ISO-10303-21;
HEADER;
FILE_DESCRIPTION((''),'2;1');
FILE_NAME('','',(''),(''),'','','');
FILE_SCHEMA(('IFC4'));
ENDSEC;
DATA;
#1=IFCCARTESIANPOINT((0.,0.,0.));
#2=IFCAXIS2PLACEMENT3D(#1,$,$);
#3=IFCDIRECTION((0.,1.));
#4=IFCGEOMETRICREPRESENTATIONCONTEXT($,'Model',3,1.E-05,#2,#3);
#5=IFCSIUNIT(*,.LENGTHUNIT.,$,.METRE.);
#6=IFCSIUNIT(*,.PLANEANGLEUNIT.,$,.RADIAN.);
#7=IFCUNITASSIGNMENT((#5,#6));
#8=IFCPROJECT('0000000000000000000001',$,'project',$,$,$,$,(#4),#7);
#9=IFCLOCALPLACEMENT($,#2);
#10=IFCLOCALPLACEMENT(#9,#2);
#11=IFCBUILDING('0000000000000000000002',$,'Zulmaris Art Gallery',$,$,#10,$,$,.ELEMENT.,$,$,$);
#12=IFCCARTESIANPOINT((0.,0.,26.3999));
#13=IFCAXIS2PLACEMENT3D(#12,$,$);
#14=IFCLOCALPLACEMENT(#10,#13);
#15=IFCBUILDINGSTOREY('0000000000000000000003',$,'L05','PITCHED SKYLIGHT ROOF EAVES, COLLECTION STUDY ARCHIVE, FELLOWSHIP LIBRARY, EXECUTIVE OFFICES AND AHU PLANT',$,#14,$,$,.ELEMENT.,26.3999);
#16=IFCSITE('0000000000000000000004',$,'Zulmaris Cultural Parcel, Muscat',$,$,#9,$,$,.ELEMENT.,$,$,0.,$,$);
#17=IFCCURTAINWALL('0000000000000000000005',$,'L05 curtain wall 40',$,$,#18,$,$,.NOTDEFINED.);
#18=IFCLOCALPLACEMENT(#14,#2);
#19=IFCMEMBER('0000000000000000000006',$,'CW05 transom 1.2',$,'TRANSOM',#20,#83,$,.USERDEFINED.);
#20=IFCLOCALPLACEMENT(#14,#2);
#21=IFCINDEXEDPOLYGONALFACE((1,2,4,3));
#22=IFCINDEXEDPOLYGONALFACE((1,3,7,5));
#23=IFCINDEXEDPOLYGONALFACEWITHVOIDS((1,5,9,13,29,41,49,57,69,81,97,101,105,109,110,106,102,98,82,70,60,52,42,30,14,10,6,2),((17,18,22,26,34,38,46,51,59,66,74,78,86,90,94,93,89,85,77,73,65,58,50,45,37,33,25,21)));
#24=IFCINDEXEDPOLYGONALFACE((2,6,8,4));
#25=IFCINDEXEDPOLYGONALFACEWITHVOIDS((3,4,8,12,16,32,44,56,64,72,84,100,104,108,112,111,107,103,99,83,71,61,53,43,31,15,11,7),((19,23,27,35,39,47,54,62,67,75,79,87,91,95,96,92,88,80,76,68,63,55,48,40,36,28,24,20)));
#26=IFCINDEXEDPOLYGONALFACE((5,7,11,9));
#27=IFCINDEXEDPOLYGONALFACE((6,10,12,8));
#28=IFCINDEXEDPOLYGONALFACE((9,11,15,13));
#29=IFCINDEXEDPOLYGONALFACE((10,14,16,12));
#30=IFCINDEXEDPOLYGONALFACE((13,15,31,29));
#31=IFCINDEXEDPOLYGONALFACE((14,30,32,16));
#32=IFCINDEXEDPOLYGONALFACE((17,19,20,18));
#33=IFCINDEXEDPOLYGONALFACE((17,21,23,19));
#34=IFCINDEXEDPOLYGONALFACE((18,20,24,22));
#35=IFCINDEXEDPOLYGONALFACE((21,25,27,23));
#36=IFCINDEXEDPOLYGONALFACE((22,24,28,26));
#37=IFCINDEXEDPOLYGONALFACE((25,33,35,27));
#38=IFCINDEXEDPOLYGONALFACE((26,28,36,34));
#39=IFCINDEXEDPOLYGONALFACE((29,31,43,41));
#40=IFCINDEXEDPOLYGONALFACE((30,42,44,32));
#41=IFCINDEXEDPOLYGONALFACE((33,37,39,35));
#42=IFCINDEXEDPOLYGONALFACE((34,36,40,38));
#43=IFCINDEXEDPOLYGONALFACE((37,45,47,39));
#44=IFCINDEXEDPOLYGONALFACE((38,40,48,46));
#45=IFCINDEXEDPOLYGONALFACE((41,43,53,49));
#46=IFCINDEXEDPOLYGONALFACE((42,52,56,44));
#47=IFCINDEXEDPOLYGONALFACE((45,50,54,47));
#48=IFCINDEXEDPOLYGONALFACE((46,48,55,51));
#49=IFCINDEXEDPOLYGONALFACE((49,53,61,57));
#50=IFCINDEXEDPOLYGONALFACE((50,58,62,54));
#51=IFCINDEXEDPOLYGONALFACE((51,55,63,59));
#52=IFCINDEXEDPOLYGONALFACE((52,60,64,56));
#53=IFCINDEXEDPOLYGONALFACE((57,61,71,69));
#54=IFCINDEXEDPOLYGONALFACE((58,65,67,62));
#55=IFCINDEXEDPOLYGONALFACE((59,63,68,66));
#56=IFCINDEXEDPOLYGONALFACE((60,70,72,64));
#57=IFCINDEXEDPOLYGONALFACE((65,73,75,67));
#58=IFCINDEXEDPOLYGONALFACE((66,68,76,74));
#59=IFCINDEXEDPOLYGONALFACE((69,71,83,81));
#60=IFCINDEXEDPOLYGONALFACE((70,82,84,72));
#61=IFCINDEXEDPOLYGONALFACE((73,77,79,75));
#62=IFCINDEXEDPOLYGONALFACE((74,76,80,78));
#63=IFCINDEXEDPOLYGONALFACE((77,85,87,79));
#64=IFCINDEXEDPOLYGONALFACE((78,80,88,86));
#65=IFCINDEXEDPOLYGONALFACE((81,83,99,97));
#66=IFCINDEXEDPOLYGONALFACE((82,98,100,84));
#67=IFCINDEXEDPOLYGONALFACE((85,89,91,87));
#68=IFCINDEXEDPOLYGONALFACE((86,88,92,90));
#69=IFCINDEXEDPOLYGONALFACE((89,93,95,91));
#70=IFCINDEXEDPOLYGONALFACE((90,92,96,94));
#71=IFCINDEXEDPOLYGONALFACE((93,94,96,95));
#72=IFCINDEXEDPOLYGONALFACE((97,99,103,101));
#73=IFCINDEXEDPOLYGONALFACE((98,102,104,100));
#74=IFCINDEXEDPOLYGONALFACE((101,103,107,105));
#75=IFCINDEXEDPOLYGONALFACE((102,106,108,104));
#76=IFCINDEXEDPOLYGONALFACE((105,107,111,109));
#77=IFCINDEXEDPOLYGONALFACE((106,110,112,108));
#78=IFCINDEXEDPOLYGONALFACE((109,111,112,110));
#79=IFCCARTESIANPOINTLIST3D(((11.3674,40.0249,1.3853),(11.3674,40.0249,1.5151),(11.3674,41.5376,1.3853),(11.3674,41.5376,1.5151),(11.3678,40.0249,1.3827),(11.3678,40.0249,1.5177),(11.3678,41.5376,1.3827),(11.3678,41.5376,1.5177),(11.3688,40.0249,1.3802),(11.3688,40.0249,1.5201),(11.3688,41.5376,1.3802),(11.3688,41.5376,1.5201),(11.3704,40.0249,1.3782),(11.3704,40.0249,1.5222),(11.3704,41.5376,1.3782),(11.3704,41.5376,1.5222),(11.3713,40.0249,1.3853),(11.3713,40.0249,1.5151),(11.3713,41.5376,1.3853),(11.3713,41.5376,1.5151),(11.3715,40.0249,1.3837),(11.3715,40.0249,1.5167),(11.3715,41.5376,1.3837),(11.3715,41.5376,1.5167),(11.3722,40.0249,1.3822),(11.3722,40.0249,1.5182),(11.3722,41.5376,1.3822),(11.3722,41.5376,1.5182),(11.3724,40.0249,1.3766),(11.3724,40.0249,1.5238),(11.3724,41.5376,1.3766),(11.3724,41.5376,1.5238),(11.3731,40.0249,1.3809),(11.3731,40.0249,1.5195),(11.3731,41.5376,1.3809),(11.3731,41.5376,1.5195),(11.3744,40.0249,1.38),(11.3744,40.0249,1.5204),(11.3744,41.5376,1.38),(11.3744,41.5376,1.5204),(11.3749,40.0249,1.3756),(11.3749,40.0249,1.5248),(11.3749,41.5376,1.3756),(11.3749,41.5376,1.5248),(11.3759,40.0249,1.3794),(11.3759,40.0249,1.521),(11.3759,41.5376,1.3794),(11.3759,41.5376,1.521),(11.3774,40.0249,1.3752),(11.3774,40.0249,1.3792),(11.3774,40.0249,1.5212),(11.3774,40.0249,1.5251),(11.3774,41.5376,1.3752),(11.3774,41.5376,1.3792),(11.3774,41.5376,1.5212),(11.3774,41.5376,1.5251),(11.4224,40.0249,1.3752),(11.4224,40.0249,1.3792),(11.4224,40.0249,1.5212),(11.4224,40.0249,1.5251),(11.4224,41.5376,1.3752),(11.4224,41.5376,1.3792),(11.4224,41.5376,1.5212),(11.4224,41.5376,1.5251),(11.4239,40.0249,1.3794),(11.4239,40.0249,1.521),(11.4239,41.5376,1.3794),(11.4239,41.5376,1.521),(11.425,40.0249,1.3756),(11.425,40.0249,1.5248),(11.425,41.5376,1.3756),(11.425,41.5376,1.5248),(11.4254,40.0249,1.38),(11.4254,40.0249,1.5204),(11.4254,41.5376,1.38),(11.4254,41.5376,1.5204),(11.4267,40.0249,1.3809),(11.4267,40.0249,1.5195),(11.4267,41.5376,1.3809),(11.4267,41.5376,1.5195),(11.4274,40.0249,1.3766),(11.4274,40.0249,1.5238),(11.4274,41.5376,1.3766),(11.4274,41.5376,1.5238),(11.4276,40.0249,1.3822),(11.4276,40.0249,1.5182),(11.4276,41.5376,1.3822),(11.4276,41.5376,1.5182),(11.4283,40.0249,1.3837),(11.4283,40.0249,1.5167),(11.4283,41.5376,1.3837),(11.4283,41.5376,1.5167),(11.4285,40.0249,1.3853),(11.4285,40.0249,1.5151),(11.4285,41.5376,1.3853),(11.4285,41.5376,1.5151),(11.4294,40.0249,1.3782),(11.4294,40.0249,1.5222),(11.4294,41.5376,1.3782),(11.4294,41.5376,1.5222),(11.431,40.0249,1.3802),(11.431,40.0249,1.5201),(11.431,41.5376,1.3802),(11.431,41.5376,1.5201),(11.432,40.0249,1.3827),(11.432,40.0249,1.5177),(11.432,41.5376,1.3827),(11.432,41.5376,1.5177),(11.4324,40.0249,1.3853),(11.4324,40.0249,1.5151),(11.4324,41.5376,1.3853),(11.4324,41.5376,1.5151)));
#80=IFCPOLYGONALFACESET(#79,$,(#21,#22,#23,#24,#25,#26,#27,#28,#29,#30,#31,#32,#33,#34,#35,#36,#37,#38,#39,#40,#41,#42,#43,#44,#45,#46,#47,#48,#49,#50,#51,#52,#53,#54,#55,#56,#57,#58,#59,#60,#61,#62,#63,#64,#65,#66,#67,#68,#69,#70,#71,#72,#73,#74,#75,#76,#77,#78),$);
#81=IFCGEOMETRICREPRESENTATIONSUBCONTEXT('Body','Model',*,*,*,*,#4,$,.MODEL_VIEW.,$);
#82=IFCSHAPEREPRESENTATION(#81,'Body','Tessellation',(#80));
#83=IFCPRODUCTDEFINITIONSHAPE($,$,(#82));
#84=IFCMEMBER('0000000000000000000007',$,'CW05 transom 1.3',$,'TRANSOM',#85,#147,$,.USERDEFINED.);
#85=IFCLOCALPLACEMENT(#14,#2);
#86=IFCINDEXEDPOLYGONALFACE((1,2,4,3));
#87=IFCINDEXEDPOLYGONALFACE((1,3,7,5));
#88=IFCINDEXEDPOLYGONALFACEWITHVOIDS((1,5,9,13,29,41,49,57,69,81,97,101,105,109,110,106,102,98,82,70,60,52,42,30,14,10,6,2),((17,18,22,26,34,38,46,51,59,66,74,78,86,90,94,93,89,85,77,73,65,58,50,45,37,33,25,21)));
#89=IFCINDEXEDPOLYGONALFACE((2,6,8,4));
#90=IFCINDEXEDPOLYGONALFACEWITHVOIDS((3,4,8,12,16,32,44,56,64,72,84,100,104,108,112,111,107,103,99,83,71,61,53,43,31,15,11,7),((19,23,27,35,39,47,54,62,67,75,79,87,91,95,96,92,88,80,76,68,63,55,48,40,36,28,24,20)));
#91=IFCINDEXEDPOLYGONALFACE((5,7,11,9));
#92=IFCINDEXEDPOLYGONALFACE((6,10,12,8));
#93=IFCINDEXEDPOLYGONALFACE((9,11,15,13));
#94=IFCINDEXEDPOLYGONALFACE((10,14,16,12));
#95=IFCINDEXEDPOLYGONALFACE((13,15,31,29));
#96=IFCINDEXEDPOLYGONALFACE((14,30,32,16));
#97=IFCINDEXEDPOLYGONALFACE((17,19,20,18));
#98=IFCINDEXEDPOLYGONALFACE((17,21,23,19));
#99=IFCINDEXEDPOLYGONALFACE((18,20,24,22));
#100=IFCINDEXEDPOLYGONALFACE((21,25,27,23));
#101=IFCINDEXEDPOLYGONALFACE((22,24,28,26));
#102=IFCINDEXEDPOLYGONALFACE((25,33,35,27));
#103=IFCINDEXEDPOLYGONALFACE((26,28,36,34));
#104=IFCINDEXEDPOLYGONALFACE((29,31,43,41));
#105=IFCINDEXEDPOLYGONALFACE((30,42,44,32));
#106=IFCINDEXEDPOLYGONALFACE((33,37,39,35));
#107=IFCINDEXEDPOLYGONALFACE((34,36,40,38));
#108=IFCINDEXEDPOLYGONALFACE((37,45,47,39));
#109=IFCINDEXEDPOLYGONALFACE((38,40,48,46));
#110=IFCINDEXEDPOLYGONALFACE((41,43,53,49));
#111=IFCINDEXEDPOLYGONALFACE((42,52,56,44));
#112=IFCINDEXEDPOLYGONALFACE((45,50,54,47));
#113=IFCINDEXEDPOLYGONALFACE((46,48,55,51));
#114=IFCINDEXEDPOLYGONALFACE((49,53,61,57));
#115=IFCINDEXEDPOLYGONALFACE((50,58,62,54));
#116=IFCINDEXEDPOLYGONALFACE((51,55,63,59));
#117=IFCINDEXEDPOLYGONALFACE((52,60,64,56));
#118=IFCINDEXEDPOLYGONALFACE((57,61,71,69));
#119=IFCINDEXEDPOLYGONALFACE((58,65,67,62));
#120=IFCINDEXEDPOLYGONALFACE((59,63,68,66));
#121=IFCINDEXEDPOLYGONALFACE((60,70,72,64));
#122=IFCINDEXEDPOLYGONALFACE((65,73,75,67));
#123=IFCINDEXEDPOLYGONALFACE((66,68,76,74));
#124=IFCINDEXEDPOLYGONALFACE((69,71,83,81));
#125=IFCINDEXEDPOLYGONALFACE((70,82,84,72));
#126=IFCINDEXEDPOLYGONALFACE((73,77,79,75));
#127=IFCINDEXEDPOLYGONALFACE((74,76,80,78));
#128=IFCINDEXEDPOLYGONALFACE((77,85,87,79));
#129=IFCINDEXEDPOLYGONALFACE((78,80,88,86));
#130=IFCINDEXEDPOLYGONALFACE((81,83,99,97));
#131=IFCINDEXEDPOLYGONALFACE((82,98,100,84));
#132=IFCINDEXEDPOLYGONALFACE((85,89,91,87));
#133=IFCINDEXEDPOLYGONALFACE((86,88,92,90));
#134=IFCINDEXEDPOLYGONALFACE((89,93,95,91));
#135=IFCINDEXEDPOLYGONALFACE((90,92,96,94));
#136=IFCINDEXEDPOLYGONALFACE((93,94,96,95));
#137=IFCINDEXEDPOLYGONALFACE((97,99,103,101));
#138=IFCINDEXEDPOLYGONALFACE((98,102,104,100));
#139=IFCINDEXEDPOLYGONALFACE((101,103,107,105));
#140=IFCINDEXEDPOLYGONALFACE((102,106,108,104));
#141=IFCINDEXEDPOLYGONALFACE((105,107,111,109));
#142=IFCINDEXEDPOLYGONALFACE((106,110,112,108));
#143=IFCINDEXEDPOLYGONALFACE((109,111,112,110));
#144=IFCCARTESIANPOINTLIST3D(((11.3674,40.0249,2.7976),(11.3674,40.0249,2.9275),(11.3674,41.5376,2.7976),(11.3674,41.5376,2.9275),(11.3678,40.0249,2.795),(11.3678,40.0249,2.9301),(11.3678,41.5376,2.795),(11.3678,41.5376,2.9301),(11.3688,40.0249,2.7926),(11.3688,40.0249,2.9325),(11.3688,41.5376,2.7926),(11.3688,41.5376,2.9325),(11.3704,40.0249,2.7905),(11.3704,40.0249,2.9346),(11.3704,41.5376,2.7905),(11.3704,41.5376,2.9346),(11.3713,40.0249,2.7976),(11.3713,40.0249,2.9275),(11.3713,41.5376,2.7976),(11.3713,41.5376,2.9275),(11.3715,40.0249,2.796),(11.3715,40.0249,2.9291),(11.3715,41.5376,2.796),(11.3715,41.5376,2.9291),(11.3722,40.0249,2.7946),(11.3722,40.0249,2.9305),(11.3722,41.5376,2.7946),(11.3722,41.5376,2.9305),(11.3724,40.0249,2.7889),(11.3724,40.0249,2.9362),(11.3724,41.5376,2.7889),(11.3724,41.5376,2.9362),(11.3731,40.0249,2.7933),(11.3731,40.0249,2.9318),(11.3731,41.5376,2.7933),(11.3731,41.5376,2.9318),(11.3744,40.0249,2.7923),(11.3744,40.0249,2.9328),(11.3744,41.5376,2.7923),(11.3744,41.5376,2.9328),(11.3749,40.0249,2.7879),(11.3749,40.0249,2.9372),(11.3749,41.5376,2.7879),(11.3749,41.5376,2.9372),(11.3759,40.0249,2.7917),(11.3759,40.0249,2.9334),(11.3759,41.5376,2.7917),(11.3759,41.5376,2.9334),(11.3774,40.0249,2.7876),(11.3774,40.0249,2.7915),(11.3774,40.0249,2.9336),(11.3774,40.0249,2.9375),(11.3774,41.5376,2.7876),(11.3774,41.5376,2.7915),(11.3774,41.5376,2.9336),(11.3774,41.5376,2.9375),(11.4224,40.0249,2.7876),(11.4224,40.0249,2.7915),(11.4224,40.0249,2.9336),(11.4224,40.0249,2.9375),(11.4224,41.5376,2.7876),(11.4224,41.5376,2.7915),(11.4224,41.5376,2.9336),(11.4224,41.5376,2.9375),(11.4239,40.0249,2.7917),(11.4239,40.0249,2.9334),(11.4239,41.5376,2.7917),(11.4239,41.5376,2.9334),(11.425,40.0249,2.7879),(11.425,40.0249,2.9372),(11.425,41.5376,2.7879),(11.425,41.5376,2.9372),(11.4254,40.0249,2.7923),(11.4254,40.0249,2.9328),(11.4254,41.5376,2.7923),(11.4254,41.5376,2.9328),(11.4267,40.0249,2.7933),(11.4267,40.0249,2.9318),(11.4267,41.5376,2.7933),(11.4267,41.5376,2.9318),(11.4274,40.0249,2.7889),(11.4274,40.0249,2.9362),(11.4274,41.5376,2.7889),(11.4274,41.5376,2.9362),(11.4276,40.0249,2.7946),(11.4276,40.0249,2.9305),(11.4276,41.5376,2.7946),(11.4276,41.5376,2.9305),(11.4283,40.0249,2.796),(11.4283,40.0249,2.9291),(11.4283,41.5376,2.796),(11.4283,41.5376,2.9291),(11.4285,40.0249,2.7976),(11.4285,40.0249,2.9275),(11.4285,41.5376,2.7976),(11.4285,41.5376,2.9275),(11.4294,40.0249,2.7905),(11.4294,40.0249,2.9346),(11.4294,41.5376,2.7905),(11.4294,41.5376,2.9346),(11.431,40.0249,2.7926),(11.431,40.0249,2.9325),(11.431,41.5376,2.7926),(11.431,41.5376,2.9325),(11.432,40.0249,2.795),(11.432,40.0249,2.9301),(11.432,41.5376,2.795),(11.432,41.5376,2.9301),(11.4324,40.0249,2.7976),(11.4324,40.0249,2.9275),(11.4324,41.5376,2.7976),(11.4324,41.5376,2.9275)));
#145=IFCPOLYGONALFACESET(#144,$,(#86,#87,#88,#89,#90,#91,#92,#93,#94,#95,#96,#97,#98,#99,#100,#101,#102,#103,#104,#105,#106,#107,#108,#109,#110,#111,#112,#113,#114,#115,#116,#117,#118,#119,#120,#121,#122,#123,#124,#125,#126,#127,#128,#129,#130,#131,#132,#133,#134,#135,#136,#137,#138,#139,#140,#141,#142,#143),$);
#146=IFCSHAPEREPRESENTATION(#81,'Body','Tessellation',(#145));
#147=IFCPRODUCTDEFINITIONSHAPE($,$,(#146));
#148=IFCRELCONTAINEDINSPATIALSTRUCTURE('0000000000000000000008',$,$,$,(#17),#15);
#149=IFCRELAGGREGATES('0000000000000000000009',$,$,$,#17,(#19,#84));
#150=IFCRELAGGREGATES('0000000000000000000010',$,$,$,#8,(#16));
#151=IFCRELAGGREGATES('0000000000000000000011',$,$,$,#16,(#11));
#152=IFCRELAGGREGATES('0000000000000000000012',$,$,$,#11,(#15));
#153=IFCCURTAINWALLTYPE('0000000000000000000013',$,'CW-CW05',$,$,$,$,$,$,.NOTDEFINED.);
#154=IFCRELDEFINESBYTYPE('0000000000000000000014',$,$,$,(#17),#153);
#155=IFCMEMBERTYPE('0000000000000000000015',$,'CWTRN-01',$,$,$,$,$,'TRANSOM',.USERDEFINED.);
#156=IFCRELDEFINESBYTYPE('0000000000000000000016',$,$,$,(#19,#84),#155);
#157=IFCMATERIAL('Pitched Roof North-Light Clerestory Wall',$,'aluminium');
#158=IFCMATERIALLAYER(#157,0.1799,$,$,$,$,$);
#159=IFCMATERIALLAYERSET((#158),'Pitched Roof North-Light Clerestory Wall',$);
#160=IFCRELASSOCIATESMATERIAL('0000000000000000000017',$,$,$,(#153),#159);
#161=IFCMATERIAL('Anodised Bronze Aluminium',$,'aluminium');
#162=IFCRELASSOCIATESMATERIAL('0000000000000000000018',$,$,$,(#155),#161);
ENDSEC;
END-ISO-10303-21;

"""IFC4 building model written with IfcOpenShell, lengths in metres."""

from ifc_helpers import new_model, si_unit, direction, frame, origin, origin_2d, place, context, subcontext, project, spatial, hollow_rectangle, extrude, material, layer, layer_set, material_profile, profile_set, type_object, element, aggregate, save


model = new_model("IFC4")

# Units and contexts
model_context = context("Model", 3, precision=1e-05, world=origin(), true_north=direction((0.0, 1.0)))
body_context = subcontext(model_context, "Body", "Model", "MODEL_VIEW")
ifc_project = project(units=[si_unit("LENGTHUNIT", "METRE"), si_unit("PLANEANGLEUNIT", "RADIAN")], contexts=[model_context])

# Site, building, storey
site_placement = place(None, origin())
site = spatial("IfcSite", under=ifc_project, at=site_placement, Name="Zulmaris Cultural Parcel, Muscat", CompositionType="ELEMENT", RefElevation=0.0)
building_placement = place(site_placement, origin())
building = spatial("IfcBuilding", under=site, at=building_placement, Name="Zulmaris Art Gallery", CompositionType="ELEMENT")
storey_placement = place(building_placement, frame((0.0, 0.0, 26.3999)))
storey = spatial("IfcBuildingStorey", under=building, at=storey_placement, Name="L05", Description="PITCHED SKYLIGHT ROOF EAVES, COLLECTION STUDY ARCHIVE, FELLOWSHIP LIBRARY, EXECUTIVE OFFICES AND AHU PLANT", CompositionType="ELEMENT", Elevation=26.3999)

# Curtain wall
ifc_material_1 = material(Name="Pitched Roof North-Light Clerestory Wall", Category="aluminium")
ifc_layer_1 = layer(ifc_material_1, 0.1799)
ifc_layer_set_1 = layer_set([ifc_layer_1], Name="Pitched Roof North-Light Clerestory Wall")
curtain_wall_type = type_object("IfcCurtainWallType", Name="CW-CW05", PredefinedType="NOTDEFINED", material=ifc_layer_set_1)
ifc_material_2 = material(Name="Anodised Bronze Aluminium", Category="aluminium")
curtain_wall_1_placement = place(storey_placement, origin())
curtain_wall_1 = element("IfcCurtainWall", 1, at=curtain_wall_1_placement, inside=storey, type_object=curtain_wall_type, Name="L05 curtain wall 40", PredefinedType="NOTDEFINED")

# Members
ifc_material_profile_1 = material_profile(ifc_material_2, hollow_rectangle(XDim=0.0649, YDim=0.1499, WallThickness=0.0039, InnerFilletRadius=0.0061, OuterFilletRadius=0.01, at=origin_2d()), Name="ALU 65x150x4")
ifc_profile_set_1 = profile_set([ifc_material_profile_1], Name="Anodised Bronze Aluminium")
member_type_1 = type_object("IfcMemberType", Name="CWTRN-01", ElementType="TRANSOM", PredefinedType="USERDEFINED", material=ifc_profile_set_1)
member_1_placement = place(storey_placement, frame((11.3999, 40.0249, 1.4502), z_axis=(0.0, 1.0, 0.0), x_axis=(-1.0, 0.0, 0.0)))
member_1 = element("IfcMember", 2, at=member_1_placement, type_object=member_type_1, Name="CW05 transom 1.2", ObjectType="TRANSOM", PredefinedType="USERDEFINED", context=body_context, shape_type="SweptSolid", body=[
    extrude(hollow_rectangle(XDim=0.0649, YDim=0.1499, WallThickness=0.0039, InnerFilletRadius=0.0061, OuterFilletRadius=0.01, at=origin_2d()), origin(), (0.0, 0.0, 1.0), 1.5127),
])
member_2_placement = place(storey_placement, frame((11.3999, 40.0249, 2.8625), z_axis=(0.0, 1.0, 0.0), x_axis=(-1.0, 0.0, 0.0)))
member_2 = element("IfcMember", 3, at=member_2_placement, type_object=member_type_1, Name="CW05 transom 1.3", ObjectType="TRANSOM", PredefinedType="USERDEFINED", context=body_context, shape_type="SweptSolid", body=[
    extrude(hollow_rectangle(XDim=0.0649, YDim=0.1499, WallThickness=0.0039, InnerFilletRadius=0.0061, OuterFilletRadius=0.01, at=origin_2d()), origin(), (0.0, 0.0, 1.0), 1.5127),
])

aggregate(curtain_wall_1, [member_1, member_2])

save(model, "model.ifc")
